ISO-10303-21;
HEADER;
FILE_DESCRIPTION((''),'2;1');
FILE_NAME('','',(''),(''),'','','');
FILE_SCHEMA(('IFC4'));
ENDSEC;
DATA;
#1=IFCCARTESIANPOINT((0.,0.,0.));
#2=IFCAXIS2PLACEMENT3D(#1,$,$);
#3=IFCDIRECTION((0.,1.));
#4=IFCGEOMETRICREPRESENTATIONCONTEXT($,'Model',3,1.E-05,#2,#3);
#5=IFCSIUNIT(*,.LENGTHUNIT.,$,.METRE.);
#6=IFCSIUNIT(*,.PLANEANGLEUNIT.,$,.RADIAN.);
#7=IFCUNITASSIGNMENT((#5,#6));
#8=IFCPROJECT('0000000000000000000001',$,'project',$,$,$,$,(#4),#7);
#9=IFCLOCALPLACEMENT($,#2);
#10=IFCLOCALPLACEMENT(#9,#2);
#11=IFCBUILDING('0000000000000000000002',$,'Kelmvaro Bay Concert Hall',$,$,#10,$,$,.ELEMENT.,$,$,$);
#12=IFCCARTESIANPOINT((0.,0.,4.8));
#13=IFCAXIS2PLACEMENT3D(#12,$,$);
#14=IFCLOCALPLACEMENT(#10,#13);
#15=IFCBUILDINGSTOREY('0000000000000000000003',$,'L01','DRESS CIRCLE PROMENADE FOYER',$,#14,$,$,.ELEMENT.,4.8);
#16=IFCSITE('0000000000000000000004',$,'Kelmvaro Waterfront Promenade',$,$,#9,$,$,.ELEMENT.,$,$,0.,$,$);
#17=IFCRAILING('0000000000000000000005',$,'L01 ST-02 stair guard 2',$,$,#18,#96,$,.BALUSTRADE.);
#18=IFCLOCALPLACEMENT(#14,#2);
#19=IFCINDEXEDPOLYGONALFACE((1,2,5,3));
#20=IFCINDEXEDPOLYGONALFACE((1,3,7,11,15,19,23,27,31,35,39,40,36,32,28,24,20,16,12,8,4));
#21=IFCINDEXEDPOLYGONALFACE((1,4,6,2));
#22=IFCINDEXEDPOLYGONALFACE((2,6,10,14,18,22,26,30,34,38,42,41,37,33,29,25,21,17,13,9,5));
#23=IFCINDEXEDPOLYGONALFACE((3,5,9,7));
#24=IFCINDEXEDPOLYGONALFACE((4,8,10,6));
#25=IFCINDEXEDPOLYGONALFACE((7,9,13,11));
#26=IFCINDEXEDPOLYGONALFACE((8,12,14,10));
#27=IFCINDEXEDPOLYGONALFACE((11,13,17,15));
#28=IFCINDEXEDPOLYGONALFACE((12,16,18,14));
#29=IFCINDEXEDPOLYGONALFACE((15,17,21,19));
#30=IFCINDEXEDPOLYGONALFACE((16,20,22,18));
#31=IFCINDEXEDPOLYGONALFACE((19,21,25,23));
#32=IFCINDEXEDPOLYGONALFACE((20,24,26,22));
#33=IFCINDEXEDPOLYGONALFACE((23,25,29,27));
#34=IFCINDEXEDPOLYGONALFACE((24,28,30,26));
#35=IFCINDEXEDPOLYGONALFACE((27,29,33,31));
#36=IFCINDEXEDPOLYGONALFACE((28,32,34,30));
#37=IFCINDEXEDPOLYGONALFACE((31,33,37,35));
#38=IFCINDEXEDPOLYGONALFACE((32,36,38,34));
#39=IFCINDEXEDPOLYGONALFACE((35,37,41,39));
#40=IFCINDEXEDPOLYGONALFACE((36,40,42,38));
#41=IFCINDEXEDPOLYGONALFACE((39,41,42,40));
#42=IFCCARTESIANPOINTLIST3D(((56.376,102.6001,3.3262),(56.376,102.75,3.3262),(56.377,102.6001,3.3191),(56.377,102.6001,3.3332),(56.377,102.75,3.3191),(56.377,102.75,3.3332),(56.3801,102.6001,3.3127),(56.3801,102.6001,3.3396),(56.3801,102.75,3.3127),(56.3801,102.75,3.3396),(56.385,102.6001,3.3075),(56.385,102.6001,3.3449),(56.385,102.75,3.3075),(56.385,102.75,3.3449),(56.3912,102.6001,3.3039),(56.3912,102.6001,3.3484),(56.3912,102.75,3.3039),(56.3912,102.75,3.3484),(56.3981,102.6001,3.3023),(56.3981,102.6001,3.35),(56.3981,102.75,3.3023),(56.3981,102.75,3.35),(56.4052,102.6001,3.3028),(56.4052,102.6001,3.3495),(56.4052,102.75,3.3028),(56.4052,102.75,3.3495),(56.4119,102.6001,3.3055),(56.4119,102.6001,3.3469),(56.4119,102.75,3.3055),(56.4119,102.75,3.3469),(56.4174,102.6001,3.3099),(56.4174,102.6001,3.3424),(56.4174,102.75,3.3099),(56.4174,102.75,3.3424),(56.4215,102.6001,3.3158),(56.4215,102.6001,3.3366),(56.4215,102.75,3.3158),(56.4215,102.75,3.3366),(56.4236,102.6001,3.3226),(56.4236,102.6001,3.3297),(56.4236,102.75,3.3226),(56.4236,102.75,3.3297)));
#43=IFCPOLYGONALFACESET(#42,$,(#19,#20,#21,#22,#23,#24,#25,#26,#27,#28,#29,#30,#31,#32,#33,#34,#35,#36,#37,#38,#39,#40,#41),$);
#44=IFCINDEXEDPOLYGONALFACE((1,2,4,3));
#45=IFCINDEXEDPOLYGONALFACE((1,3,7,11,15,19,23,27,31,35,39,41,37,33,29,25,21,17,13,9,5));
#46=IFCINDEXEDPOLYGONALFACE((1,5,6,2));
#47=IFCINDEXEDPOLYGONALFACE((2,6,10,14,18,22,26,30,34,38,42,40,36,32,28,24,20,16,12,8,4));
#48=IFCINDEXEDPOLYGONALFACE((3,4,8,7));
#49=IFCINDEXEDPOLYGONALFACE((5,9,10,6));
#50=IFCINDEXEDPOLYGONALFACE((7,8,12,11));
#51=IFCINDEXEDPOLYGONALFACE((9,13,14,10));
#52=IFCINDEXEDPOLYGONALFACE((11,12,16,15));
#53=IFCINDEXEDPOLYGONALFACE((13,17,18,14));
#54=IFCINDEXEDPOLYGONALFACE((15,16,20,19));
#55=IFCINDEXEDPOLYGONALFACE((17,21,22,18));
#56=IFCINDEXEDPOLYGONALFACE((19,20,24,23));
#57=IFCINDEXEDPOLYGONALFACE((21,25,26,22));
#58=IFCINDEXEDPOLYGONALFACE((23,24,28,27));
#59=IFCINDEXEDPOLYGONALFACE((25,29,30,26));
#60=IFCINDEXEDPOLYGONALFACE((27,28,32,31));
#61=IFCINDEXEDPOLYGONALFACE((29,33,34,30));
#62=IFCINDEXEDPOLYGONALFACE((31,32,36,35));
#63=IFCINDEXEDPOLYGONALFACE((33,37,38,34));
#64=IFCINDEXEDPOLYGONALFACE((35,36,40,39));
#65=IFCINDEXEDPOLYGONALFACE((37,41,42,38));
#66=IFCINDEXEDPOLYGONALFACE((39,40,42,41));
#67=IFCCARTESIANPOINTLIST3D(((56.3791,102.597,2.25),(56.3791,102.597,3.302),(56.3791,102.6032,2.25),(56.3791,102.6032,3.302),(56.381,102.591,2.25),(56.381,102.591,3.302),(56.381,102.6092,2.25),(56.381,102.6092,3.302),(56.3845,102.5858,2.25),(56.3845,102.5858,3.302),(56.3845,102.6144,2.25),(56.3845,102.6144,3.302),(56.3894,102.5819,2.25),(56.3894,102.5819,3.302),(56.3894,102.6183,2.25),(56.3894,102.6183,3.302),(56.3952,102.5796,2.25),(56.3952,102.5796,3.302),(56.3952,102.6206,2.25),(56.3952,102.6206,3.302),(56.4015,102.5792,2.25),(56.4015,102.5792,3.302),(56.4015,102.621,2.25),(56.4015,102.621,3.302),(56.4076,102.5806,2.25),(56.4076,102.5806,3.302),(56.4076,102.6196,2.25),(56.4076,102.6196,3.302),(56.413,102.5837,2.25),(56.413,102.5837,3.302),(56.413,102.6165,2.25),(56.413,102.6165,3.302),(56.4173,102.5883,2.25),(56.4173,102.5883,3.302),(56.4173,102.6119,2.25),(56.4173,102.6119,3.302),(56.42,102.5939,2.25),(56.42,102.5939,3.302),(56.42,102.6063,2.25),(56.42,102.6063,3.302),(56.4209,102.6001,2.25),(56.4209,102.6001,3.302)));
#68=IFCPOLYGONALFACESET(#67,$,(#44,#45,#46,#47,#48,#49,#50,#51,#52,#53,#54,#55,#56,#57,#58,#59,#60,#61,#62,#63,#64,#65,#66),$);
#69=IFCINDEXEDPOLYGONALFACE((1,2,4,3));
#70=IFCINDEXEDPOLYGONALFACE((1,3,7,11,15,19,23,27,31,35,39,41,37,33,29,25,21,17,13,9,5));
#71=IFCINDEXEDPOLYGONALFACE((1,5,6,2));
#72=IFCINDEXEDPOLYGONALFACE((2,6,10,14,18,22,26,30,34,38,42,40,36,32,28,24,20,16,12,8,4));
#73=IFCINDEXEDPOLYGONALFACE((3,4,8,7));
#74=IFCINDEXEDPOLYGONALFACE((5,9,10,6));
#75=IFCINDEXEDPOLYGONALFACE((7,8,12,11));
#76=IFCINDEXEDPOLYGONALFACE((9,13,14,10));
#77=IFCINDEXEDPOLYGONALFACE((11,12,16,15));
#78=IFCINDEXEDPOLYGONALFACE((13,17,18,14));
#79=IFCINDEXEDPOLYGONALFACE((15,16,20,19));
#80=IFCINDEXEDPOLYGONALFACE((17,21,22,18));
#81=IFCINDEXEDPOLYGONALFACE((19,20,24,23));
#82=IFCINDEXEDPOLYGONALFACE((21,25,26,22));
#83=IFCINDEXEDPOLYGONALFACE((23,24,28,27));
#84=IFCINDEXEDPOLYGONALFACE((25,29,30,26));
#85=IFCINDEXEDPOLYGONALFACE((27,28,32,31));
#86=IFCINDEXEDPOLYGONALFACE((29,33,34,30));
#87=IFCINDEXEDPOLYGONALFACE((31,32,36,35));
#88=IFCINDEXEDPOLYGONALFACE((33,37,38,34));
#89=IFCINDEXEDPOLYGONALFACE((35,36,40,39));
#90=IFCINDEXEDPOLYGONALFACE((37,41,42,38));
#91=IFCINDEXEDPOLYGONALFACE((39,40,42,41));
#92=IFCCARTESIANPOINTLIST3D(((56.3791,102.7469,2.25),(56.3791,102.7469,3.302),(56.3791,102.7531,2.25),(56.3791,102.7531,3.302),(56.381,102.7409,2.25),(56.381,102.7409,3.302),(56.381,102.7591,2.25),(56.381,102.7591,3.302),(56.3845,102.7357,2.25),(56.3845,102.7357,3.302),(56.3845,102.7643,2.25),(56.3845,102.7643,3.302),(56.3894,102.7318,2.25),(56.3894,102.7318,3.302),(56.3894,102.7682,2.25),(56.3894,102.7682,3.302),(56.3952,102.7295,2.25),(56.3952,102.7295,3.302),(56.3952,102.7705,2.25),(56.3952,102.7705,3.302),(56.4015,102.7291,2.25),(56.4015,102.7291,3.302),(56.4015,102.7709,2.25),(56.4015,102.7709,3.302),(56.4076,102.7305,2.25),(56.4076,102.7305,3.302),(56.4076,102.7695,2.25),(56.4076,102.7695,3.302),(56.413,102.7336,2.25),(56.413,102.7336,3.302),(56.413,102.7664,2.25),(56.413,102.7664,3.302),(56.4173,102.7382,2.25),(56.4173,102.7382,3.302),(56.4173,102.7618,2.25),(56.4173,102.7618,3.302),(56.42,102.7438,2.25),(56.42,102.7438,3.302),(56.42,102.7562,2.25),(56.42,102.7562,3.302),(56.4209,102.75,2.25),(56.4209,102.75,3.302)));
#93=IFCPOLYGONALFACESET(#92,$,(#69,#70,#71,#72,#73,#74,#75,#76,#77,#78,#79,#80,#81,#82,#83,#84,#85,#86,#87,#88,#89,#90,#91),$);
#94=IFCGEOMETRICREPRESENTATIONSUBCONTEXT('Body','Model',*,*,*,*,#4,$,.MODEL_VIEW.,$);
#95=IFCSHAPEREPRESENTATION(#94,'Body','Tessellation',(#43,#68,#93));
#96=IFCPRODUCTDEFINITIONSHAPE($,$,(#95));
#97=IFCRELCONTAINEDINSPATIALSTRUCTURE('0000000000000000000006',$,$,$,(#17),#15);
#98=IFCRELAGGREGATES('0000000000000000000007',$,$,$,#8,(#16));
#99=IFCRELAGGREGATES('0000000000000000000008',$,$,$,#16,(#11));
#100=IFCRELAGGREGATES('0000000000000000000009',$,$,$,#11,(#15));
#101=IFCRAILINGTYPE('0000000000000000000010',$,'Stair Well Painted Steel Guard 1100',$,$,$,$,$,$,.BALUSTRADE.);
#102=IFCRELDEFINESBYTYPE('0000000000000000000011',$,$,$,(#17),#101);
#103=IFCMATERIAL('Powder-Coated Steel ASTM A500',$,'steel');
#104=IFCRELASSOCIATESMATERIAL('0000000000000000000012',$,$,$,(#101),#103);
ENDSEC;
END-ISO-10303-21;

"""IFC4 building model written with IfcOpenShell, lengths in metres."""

from ifc_helpers import new_model, si_unit, direction, frame, origin, origin_2d, place, context, subcontext, project, spatial, circle, extrude, material, type_object, element, save


model = new_model("IFC4")

# Units and contexts
model_context = context("Model", 3, precision=1e-05, world=origin(), true_north=direction((0.0, 1.0)))
body_context = subcontext(model_context, "Body", "Model", "MODEL_VIEW")
ifc_project = project(units=[si_unit("LENGTHUNIT", "METRE"), si_unit("PLANEANGLEUNIT", "RADIAN")], contexts=[model_context])

# Site, building, storey
site_placement = place(None, origin())
site = spatial("IfcSite", under=ifc_project, at=site_placement, Name="Kelmvaro Waterfront Promenade", CompositionType="ELEMENT", RefElevation=0.0)
building_placement = place(site_placement, origin())
building = spatial("IfcBuilding", under=site, at=building_placement, Name="Kelmvaro Bay Concert Hall", CompositionType="ELEMENT")
storey_placement = place(building_placement, frame((0.0, 0.0, 4.8)))
storey = spatial("IfcBuildingStorey", under=building, at=storey_placement, Name="L01", Description="DRESS CIRCLE PROMENADE FOYER", CompositionType="ELEMENT", Elevation=4.8)

# Railing
ifc_material_1 = material(Name="Powder-Coated Steel ASTM A500", Category="steel")
railing_type_1 = type_object("IfcRailingType", Name="Stair Well Painted Steel Guard 1100", PredefinedType="BALUSTRADE", material=ifc_material_1)
railing_1_placement = place(storey_placement, frame((56.3999, 102.6001, 2.25)))
element("IfcRailing", 1, at=railing_1_placement, inside=storey, type_object=railing_type_1, Name="L01 ST-02 stair guard 2", PredefinedType="BALUSTRADE", context=body_context, shape_type="SweptSolid", body=[
    extrude(circle(Radius=0.0239, at=origin_2d()), frame((0.0, 0.0, 1.0762), z_axis=(0.0, 1.0, 0.0), x_axis=(-1.0, 0.0, 0.0)), (0.0, 0.0, 1.0), 0.1499),
    extrude(circle(Radius=0.021, at=origin_2d()), origin(), (0.0, 0.0, 1.0), 1.052),
    extrude(circle(Radius=0.021, at=origin_2d()), frame((0.0, 0.1499, 0.0)), (0.0, 0.0, 1.0), 1.052),
])

save(model, "model.ifc")
